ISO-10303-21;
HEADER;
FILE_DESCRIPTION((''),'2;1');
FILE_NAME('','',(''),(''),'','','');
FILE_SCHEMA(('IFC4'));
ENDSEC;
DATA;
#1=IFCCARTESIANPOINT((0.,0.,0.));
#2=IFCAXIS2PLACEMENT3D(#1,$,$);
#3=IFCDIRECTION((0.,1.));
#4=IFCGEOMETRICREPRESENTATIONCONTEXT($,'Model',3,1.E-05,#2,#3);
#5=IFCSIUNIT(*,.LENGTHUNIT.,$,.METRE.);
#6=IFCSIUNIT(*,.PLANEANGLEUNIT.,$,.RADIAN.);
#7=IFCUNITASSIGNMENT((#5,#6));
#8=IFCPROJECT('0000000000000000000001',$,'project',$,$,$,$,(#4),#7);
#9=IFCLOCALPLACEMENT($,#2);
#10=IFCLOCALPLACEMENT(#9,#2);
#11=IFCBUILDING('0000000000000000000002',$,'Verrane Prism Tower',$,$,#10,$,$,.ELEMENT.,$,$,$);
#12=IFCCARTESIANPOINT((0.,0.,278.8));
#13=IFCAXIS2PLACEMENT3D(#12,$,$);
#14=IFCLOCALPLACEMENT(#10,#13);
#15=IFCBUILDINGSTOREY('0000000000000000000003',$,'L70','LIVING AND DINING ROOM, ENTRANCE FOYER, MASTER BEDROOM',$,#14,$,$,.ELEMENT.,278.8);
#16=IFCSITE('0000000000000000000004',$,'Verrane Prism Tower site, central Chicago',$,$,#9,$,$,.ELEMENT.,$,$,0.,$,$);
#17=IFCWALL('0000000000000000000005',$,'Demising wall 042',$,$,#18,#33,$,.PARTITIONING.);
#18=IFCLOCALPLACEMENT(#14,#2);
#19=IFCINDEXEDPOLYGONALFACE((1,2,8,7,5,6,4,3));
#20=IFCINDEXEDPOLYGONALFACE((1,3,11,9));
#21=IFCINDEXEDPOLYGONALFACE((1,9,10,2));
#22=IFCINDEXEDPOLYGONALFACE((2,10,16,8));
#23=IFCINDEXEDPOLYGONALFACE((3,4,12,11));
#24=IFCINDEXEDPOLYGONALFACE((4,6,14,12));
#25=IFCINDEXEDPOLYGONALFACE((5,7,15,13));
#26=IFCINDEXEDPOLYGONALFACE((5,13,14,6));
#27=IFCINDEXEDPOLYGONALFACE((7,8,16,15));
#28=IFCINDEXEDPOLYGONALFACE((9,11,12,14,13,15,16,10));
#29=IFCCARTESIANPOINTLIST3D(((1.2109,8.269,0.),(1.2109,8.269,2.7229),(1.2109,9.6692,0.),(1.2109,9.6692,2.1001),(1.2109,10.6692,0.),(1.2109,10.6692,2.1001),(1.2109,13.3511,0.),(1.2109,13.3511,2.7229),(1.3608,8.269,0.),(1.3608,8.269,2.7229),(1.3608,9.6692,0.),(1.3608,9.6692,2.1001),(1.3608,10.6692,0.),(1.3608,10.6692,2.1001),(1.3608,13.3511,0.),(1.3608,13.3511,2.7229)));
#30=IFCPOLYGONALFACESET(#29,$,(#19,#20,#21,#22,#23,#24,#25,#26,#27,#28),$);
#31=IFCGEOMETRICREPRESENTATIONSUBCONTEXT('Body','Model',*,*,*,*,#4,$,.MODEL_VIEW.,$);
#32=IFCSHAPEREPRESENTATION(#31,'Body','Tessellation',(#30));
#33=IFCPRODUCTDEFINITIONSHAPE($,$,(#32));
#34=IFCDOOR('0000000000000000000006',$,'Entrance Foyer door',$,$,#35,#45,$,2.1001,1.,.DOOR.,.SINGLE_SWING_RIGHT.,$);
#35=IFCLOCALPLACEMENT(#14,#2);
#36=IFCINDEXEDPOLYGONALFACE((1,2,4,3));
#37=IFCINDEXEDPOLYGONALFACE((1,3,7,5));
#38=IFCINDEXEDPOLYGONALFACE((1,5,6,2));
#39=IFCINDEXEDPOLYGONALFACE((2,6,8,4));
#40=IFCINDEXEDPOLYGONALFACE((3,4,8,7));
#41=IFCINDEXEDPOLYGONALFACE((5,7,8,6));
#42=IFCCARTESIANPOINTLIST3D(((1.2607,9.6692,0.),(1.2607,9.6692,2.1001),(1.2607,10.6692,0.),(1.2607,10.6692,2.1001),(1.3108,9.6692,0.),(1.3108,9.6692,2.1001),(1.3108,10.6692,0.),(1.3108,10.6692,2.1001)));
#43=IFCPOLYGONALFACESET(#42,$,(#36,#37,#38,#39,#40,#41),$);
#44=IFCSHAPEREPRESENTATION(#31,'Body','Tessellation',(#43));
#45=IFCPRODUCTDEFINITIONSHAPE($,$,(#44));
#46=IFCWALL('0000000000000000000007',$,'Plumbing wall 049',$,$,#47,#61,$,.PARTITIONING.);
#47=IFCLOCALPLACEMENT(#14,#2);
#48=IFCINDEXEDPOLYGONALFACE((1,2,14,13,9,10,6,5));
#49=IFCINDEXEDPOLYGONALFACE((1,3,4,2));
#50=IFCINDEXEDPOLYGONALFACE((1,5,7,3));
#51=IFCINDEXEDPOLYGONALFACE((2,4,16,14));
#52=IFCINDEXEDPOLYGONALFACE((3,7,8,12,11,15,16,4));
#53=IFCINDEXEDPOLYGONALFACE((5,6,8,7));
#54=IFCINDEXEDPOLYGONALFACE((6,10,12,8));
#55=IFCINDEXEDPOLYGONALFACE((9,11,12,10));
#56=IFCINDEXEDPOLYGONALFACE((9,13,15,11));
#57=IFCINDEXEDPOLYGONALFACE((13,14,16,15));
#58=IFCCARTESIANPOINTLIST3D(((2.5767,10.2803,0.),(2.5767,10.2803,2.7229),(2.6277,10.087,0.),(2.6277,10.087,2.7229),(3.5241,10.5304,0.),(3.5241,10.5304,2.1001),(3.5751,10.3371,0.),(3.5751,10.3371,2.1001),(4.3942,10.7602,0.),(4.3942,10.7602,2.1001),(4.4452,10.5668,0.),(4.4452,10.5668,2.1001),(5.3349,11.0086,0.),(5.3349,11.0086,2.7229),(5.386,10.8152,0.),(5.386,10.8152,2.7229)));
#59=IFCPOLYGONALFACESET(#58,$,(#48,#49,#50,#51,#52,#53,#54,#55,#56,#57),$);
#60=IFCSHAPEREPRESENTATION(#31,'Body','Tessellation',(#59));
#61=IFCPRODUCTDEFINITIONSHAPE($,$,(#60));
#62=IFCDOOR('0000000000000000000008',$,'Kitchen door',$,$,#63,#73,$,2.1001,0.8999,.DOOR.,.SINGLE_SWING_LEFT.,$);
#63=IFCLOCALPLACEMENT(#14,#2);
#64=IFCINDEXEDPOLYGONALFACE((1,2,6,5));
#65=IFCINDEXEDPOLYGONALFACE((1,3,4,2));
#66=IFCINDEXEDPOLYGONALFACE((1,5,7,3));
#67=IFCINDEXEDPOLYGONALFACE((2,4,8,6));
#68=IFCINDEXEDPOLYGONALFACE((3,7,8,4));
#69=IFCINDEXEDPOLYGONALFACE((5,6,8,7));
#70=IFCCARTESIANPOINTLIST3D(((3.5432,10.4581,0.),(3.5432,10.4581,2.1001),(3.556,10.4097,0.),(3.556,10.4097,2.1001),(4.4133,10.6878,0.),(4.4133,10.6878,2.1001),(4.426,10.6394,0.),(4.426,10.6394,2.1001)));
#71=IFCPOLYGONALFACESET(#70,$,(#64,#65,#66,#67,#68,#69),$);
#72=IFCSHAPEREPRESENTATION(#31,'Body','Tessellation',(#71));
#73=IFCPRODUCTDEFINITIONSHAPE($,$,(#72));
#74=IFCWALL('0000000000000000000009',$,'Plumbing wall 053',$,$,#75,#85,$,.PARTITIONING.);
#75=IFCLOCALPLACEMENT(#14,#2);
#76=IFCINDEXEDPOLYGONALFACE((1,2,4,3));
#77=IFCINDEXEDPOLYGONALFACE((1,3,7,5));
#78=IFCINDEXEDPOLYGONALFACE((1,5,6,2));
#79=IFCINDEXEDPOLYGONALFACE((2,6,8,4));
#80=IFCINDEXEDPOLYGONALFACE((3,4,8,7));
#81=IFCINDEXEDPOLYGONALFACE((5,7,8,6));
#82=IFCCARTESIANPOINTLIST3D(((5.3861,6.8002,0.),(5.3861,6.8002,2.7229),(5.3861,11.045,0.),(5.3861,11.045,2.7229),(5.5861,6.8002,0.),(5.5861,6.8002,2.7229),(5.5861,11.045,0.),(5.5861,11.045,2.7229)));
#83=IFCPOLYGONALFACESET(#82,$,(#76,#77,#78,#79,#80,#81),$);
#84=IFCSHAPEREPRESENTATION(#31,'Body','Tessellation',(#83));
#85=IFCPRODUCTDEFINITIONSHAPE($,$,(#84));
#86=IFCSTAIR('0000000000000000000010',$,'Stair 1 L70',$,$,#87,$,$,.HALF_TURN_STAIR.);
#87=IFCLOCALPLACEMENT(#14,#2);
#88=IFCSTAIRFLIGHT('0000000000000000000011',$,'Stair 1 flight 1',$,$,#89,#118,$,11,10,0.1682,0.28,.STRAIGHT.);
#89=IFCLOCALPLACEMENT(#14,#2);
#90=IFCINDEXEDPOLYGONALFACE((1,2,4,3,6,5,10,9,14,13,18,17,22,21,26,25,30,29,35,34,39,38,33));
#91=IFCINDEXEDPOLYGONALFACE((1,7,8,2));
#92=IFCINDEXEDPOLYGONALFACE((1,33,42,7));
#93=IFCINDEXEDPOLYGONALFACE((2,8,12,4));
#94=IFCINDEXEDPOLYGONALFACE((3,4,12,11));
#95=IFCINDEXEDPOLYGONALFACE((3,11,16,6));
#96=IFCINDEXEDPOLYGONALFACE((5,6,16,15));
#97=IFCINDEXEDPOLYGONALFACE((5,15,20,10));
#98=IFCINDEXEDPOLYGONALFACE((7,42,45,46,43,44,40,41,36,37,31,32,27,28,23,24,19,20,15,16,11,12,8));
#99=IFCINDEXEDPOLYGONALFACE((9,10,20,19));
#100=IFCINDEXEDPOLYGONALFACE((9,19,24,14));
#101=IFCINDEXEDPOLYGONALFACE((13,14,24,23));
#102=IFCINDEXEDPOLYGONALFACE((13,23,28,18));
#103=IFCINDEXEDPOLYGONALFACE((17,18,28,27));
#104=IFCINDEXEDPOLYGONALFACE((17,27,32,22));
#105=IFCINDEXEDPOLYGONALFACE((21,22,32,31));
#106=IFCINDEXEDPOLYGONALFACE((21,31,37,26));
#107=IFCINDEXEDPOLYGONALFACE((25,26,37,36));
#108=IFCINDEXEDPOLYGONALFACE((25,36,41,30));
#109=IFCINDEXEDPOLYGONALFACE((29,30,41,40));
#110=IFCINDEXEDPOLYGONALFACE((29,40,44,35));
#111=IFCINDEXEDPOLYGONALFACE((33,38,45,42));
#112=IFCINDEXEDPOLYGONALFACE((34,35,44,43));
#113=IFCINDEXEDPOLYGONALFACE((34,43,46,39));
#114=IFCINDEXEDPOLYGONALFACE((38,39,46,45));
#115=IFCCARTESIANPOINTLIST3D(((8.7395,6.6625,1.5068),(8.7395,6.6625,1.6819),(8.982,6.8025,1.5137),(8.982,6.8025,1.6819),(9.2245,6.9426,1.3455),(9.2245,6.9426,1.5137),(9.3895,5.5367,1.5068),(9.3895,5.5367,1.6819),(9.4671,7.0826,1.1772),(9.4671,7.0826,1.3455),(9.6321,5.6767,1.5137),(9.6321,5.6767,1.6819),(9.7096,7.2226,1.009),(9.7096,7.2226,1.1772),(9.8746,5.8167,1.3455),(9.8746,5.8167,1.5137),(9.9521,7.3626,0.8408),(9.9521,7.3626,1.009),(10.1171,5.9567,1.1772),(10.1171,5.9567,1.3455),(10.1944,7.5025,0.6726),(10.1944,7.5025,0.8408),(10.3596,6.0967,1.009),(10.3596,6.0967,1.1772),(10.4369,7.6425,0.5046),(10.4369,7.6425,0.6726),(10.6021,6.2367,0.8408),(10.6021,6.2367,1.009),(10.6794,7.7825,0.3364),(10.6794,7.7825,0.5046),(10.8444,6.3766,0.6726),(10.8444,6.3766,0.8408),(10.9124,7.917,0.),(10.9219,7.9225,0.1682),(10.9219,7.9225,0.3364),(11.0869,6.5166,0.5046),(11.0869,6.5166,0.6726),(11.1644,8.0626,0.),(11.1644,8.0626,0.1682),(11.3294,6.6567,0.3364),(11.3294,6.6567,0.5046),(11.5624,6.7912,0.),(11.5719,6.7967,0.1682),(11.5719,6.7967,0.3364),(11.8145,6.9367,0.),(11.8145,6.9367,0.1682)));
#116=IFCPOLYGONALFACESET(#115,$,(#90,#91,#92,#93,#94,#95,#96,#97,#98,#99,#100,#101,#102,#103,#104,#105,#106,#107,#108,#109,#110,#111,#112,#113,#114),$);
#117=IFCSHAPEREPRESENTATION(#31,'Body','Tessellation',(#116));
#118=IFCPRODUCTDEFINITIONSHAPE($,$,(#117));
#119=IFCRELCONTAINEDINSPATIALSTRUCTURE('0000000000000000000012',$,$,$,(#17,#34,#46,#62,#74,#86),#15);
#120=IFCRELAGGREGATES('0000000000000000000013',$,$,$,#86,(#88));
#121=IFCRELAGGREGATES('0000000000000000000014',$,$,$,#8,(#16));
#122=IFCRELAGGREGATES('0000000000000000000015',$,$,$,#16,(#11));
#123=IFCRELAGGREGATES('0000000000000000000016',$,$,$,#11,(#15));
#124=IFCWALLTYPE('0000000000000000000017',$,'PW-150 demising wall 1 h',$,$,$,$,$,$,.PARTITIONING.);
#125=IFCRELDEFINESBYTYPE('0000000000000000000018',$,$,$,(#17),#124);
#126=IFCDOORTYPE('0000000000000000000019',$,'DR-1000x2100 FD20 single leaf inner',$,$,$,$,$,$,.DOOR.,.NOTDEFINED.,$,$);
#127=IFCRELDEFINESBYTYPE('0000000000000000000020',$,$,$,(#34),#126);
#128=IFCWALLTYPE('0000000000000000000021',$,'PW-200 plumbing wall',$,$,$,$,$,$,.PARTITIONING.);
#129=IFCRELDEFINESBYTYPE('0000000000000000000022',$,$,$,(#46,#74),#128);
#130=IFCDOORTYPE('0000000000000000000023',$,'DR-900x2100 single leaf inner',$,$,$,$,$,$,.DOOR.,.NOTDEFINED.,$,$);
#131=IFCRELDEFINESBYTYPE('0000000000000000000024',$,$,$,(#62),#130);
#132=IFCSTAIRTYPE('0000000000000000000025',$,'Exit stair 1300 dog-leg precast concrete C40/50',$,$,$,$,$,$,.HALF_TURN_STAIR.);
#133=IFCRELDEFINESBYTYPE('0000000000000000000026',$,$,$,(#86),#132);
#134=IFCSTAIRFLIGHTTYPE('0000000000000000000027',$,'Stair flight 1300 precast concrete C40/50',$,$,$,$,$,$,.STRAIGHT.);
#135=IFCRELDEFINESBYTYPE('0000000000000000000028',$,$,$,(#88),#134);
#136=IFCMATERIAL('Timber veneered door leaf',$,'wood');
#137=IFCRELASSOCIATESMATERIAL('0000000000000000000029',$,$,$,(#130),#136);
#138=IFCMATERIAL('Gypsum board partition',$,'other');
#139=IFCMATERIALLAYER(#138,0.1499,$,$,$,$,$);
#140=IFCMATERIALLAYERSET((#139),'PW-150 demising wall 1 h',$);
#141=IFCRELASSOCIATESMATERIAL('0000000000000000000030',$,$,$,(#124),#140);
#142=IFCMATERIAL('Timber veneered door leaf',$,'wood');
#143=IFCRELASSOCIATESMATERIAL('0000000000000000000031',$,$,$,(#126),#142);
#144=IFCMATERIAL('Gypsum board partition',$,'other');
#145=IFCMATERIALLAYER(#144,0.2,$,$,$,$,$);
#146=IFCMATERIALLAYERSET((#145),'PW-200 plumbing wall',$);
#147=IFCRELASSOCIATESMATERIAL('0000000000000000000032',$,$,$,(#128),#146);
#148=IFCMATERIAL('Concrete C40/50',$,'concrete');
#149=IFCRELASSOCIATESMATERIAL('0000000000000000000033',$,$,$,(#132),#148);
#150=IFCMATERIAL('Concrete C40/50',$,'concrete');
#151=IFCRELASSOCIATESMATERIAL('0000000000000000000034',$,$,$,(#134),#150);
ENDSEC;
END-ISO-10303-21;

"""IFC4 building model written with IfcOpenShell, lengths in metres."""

from ifc_helpers import new_model, si_unit, direction, frame, frame_2d, origin, place, context, subcontext, project, spatial, polyline, rectangle, outline, extrude, material, layer, layer_set, type_object, element, fill, aggregate, save


model = new_model("IFC4")

# Units and contexts
model_context = context("Model", 3, precision=1e-05, world=origin(), true_north=direction((0.0, 1.0)))
body_context = subcontext(model_context, "Body", "Model", "MODEL_VIEW")
ifc_project = project(units=[si_unit("LENGTHUNIT", "METRE"), si_unit("PLANEANGLEUNIT", "RADIAN")], contexts=[model_context])

# Site, building, storey
site_placement = place(None, origin())
site = spatial("IfcSite", under=ifc_project, at=site_placement, Name="Verrane Prism Tower site, central Chicago", CompositionType="ELEMENT", RefElevation=0.0)
building_placement = place(site_placement, origin())
building = spatial("IfcBuilding", under=site, at=building_placement, Name="Verrane Prism Tower", CompositionType="ELEMENT")
storey_placement = place(building_placement, frame((0.0, 0.0, 278.8)))
storey = spatial("IfcBuildingStorey", under=building, at=storey_placement, Name="L70", Description="LIVING AND DINING ROOM, ENTRANCE FOYER, MASTER BEDROOM", CompositionType="ELEMENT", Elevation=278.8)

# Walls, openings, doors
ifc_material_1 = material(Name="Timber veneered door leaf", Category="wood")
door_type_1 = type_object("IfcDoorType", Name="DR-900x2100 single leaf inner", OperationType="NOTDEFINED", PredefinedType="DOOR", material=ifc_material_1)
ifc_material_2 = material(Name="Gypsum board partition", Category="other")
ifc_layer_1 = layer(ifc_material_2, 0.1499)
ifc_layer_set_1 = layer_set([ifc_layer_1], Name="PW-150 demising wall 1 h")
wall_type_1 = type_object("IfcWallType", Name="PW-150 demising wall 1 h", PredefinedType="PARTITIONING", material=ifc_layer_set_1)
wall_1_placement = place(storey_placement, frame((1.2859, 13.3511, 0.0), z_axis=(0.0, 0.0, 1.0), x_axis=(0.0, -1.0, 0.0)))
wall_1 = element("IfcWall", 1, at=wall_1_placement, inside=storey, type_object=wall_type_1, Name="Demising wall 042", PredefinedType="PARTITIONING", context=body_context, shape_type="SweptSolid", body=[
    extrude(rectangle(XDim=5.082, YDim=0.1499, at=frame_2d((2.541, 0.0))), origin(), (0.0, 0.0, 1.0), 2.7229),
])
opening_1_placement = place(wall_1_placement, frame((2.6819, 0.0, 0.0)))
opening_1 = element("IfcOpeningElement", 2, at=opening_1_placement, cuts=wall_1, PredefinedType="OPENING", context=body_context, shape_type="SweptSolid", body=[
    extrude(rectangle(XDim=1.0, YDim=2.1001, at=frame_2d((0.5, 1.05))), frame((0.0, 0.085, 0.0), z_axis=(0.0, -1.0, 0.0), x_axis=(1.0, 0.0, 0.0)), (0.0, 0.0, 1.0), 0.1699),
])
ifc_material_3 = material(Name="Timber veneered door leaf", Category="wood")
door_type_2 = type_object("IfcDoorType", Name="DR-1000x2100 FD20 single leaf inner", OperationType="NOTDEFINED", PredefinedType="DOOR", material=ifc_material_3)
door_1_placement = place(opening_1_placement, origin())
door_1 = element("IfcDoor", 3, at=door_1_placement, inside=storey, type_object=door_type_2, Name="Entrance Foyer door", OperationType="SINGLE_SWING_RIGHT", OverallHeight=2.1001, OverallWidth=1.0, PredefinedType="DOOR", context=body_context, shape_type="SweptSolid", body=[
    extrude(rectangle(XDim=1.0, YDim=2.1001, at=frame_2d((0.5, 1.05))), frame((0.0, 0.0249, 0.0), z_axis=(0.0, -1.0, 0.0), x_axis=(1.0, 0.0, 0.0)), (0.0, 0.0, 1.0), 0.05),
])
fill(opening_1, door_1)
ifc_material_4 = material(Name="Gypsum board partition", Category="other")
ifc_layer_2 = layer(ifc_material_4, 0.2)
ifc_layer_set_2 = layer_set([ifc_layer_2], Name="PW-200 plumbing wall")
wall_type_2 = type_object("IfcWallType", Name="PW-200 plumbing wall", PredefinedType="PARTITIONING", material=ifc_layer_set_2)
wall_2_placement = place(storey_placement, frame((5.3604, 10.9119, 0.0), z_axis=(0.0, 0.0, 1.0), x_axis=(-0.966867, -0.255281, 0.0)))
wall_2 = element("IfcWall", 4, at=wall_2_placement, inside=storey, type_object=wall_type_2, Name="Plumbing wall 049", PredefinedType="PARTITIONING", context=body_context, shape_type="SweptSolid", body=[
    extrude(rectangle(XDim=2.8528, YDim=0.2, at=frame_2d((1.4263, 0.0))), origin(), (0.0, 0.0, 1.0), 2.7229),
])
opening_2_placement = place(wall_2_placement, frame((0.9729, 0.0, 0.0)))
opening_2 = element("IfcOpeningElement", 5, at=opening_2_placement, cuts=wall_2, PredefinedType="OPENING", context=body_context, shape_type="SweptSolid", body=[
    extrude(rectangle(XDim=0.8999, YDim=2.1001, at=frame_2d((0.45, 1.05))), frame((0.0, 0.1099, 0.0), z_axis=(0.0, -1.0, 0.0), x_axis=(1.0, 0.0, 0.0)), (0.0, 0.0, 1.0), 0.22),
])
door_2_placement = place(opening_2_placement, origin())
door_2 = element("IfcDoor", 6, at=door_2_placement, inside=storey, type_object=door_type_1, Name="Kitchen door", OperationType="SINGLE_SWING_LEFT", OverallHeight=2.1001, OverallWidth=0.8999, PredefinedType="DOOR", context=body_context, shape_type="SweptSolid", body=[
    extrude(rectangle(XDim=0.8999, YDim=2.1001, at=frame_2d((0.45, 1.05))), frame((0.0, 0.0249, 0.0), z_axis=(0.0, -1.0, 0.0), x_axis=(1.0, 0.0, 0.0)), (0.0, 0.0, 1.0), 0.05),
])
fill(opening_2, door_2)

# Wall
wall_3_placement = place(storey_placement, frame((5.4861, 6.8, 0.0), z_axis=(0.0, 0.0, 1.0), x_axis=(0.0, 1.0, 0.0)))
element("IfcWall", 7, at=wall_3_placement, inside=storey, type_object=wall_type_2, Name="Plumbing wall 053", PredefinedType="PARTITIONING", context=body_context, shape_type="SweptSolid", body=[
    extrude(rectangle(XDim=4.2449, YDim=0.2, at=frame_2d((2.1226, 0.0))), origin(), (0.0, 0.0, 1.0), 2.7229),
])

# Stair, stair flight
ifc_material_5 = material(Name="Concrete C40/50", Category="concrete")
stair_type = type_object("IfcStairType", Name="Exit stair 1300 dog-leg precast concrete C40/50", PredefinedType="HALF_TURN_STAIR", material=ifc_material_5)
stair_placement = place(storey_placement, origin())
stair = element("IfcStair", 8, at=stair_placement, inside=storey, type_object=stair_type, Name="Stair 1 L70", PredefinedType="HALF_TURN_STAIR")
ifc_material_6 = material(Name="Concrete C40/50", Category="concrete")
stair_flight_type = type_object("IfcStairFlightType", Name="Stair flight 1300 precast concrete C40/50", PredefinedType="STRAIGHT", material=ifc_material_6)
stair_flight_placement = place(storey_placement, frame((11.4895, 7.4995, 0.0), z_axis=(0.0, 0.0, 1.0), x_axis=(-0.866025, -0.5, 0.0)))
stair_flight = element("IfcStairFlight", 9, at=stair_flight_placement, type_object=stair_flight_type, Name="Stair 1 flight 1", NumberOfRisers=11, NumberOfTreads=10, PredefinedType="STRAIGHT", RiserHeight=0.1682, TreadLength=0.28, context=body_context, shape_type="SweptSolid", body=[
    extrude(outline(polyline([(0.0, 0.0), (0.0, 0.1682), (0.28, 0.1682), (0.28, 0.3364), (0.5601, 0.3364), (0.5601, 0.5046), (0.8401, 0.5046), (0.8401, 0.6726), (1.1201, 0.6726), (1.1201, 0.8408), (1.3999, 0.8408), (1.3999, 1.009), (1.6799, 1.009), (1.6799, 1.1772), (1.96, 1.1772), (1.96, 1.3455), (2.24, 1.3455), (2.24, 1.5137), (2.52, 1.5137), (2.52, 1.6819), (2.8, 1.6819), (2.8, 1.8501), (2.8, 1.5068), (0.291, 0.0), (0.0, 0.0)])), frame((0.0, 0.6499, 0.0), z_axis=(0.0, -1.0, 0.0), x_axis=(1.0, 0.0, 0.0)), (0.0, 0.0, 1.0), 1.3),
])
aggregate(stair, [stair_flight])

save(model, "model.ifc")
